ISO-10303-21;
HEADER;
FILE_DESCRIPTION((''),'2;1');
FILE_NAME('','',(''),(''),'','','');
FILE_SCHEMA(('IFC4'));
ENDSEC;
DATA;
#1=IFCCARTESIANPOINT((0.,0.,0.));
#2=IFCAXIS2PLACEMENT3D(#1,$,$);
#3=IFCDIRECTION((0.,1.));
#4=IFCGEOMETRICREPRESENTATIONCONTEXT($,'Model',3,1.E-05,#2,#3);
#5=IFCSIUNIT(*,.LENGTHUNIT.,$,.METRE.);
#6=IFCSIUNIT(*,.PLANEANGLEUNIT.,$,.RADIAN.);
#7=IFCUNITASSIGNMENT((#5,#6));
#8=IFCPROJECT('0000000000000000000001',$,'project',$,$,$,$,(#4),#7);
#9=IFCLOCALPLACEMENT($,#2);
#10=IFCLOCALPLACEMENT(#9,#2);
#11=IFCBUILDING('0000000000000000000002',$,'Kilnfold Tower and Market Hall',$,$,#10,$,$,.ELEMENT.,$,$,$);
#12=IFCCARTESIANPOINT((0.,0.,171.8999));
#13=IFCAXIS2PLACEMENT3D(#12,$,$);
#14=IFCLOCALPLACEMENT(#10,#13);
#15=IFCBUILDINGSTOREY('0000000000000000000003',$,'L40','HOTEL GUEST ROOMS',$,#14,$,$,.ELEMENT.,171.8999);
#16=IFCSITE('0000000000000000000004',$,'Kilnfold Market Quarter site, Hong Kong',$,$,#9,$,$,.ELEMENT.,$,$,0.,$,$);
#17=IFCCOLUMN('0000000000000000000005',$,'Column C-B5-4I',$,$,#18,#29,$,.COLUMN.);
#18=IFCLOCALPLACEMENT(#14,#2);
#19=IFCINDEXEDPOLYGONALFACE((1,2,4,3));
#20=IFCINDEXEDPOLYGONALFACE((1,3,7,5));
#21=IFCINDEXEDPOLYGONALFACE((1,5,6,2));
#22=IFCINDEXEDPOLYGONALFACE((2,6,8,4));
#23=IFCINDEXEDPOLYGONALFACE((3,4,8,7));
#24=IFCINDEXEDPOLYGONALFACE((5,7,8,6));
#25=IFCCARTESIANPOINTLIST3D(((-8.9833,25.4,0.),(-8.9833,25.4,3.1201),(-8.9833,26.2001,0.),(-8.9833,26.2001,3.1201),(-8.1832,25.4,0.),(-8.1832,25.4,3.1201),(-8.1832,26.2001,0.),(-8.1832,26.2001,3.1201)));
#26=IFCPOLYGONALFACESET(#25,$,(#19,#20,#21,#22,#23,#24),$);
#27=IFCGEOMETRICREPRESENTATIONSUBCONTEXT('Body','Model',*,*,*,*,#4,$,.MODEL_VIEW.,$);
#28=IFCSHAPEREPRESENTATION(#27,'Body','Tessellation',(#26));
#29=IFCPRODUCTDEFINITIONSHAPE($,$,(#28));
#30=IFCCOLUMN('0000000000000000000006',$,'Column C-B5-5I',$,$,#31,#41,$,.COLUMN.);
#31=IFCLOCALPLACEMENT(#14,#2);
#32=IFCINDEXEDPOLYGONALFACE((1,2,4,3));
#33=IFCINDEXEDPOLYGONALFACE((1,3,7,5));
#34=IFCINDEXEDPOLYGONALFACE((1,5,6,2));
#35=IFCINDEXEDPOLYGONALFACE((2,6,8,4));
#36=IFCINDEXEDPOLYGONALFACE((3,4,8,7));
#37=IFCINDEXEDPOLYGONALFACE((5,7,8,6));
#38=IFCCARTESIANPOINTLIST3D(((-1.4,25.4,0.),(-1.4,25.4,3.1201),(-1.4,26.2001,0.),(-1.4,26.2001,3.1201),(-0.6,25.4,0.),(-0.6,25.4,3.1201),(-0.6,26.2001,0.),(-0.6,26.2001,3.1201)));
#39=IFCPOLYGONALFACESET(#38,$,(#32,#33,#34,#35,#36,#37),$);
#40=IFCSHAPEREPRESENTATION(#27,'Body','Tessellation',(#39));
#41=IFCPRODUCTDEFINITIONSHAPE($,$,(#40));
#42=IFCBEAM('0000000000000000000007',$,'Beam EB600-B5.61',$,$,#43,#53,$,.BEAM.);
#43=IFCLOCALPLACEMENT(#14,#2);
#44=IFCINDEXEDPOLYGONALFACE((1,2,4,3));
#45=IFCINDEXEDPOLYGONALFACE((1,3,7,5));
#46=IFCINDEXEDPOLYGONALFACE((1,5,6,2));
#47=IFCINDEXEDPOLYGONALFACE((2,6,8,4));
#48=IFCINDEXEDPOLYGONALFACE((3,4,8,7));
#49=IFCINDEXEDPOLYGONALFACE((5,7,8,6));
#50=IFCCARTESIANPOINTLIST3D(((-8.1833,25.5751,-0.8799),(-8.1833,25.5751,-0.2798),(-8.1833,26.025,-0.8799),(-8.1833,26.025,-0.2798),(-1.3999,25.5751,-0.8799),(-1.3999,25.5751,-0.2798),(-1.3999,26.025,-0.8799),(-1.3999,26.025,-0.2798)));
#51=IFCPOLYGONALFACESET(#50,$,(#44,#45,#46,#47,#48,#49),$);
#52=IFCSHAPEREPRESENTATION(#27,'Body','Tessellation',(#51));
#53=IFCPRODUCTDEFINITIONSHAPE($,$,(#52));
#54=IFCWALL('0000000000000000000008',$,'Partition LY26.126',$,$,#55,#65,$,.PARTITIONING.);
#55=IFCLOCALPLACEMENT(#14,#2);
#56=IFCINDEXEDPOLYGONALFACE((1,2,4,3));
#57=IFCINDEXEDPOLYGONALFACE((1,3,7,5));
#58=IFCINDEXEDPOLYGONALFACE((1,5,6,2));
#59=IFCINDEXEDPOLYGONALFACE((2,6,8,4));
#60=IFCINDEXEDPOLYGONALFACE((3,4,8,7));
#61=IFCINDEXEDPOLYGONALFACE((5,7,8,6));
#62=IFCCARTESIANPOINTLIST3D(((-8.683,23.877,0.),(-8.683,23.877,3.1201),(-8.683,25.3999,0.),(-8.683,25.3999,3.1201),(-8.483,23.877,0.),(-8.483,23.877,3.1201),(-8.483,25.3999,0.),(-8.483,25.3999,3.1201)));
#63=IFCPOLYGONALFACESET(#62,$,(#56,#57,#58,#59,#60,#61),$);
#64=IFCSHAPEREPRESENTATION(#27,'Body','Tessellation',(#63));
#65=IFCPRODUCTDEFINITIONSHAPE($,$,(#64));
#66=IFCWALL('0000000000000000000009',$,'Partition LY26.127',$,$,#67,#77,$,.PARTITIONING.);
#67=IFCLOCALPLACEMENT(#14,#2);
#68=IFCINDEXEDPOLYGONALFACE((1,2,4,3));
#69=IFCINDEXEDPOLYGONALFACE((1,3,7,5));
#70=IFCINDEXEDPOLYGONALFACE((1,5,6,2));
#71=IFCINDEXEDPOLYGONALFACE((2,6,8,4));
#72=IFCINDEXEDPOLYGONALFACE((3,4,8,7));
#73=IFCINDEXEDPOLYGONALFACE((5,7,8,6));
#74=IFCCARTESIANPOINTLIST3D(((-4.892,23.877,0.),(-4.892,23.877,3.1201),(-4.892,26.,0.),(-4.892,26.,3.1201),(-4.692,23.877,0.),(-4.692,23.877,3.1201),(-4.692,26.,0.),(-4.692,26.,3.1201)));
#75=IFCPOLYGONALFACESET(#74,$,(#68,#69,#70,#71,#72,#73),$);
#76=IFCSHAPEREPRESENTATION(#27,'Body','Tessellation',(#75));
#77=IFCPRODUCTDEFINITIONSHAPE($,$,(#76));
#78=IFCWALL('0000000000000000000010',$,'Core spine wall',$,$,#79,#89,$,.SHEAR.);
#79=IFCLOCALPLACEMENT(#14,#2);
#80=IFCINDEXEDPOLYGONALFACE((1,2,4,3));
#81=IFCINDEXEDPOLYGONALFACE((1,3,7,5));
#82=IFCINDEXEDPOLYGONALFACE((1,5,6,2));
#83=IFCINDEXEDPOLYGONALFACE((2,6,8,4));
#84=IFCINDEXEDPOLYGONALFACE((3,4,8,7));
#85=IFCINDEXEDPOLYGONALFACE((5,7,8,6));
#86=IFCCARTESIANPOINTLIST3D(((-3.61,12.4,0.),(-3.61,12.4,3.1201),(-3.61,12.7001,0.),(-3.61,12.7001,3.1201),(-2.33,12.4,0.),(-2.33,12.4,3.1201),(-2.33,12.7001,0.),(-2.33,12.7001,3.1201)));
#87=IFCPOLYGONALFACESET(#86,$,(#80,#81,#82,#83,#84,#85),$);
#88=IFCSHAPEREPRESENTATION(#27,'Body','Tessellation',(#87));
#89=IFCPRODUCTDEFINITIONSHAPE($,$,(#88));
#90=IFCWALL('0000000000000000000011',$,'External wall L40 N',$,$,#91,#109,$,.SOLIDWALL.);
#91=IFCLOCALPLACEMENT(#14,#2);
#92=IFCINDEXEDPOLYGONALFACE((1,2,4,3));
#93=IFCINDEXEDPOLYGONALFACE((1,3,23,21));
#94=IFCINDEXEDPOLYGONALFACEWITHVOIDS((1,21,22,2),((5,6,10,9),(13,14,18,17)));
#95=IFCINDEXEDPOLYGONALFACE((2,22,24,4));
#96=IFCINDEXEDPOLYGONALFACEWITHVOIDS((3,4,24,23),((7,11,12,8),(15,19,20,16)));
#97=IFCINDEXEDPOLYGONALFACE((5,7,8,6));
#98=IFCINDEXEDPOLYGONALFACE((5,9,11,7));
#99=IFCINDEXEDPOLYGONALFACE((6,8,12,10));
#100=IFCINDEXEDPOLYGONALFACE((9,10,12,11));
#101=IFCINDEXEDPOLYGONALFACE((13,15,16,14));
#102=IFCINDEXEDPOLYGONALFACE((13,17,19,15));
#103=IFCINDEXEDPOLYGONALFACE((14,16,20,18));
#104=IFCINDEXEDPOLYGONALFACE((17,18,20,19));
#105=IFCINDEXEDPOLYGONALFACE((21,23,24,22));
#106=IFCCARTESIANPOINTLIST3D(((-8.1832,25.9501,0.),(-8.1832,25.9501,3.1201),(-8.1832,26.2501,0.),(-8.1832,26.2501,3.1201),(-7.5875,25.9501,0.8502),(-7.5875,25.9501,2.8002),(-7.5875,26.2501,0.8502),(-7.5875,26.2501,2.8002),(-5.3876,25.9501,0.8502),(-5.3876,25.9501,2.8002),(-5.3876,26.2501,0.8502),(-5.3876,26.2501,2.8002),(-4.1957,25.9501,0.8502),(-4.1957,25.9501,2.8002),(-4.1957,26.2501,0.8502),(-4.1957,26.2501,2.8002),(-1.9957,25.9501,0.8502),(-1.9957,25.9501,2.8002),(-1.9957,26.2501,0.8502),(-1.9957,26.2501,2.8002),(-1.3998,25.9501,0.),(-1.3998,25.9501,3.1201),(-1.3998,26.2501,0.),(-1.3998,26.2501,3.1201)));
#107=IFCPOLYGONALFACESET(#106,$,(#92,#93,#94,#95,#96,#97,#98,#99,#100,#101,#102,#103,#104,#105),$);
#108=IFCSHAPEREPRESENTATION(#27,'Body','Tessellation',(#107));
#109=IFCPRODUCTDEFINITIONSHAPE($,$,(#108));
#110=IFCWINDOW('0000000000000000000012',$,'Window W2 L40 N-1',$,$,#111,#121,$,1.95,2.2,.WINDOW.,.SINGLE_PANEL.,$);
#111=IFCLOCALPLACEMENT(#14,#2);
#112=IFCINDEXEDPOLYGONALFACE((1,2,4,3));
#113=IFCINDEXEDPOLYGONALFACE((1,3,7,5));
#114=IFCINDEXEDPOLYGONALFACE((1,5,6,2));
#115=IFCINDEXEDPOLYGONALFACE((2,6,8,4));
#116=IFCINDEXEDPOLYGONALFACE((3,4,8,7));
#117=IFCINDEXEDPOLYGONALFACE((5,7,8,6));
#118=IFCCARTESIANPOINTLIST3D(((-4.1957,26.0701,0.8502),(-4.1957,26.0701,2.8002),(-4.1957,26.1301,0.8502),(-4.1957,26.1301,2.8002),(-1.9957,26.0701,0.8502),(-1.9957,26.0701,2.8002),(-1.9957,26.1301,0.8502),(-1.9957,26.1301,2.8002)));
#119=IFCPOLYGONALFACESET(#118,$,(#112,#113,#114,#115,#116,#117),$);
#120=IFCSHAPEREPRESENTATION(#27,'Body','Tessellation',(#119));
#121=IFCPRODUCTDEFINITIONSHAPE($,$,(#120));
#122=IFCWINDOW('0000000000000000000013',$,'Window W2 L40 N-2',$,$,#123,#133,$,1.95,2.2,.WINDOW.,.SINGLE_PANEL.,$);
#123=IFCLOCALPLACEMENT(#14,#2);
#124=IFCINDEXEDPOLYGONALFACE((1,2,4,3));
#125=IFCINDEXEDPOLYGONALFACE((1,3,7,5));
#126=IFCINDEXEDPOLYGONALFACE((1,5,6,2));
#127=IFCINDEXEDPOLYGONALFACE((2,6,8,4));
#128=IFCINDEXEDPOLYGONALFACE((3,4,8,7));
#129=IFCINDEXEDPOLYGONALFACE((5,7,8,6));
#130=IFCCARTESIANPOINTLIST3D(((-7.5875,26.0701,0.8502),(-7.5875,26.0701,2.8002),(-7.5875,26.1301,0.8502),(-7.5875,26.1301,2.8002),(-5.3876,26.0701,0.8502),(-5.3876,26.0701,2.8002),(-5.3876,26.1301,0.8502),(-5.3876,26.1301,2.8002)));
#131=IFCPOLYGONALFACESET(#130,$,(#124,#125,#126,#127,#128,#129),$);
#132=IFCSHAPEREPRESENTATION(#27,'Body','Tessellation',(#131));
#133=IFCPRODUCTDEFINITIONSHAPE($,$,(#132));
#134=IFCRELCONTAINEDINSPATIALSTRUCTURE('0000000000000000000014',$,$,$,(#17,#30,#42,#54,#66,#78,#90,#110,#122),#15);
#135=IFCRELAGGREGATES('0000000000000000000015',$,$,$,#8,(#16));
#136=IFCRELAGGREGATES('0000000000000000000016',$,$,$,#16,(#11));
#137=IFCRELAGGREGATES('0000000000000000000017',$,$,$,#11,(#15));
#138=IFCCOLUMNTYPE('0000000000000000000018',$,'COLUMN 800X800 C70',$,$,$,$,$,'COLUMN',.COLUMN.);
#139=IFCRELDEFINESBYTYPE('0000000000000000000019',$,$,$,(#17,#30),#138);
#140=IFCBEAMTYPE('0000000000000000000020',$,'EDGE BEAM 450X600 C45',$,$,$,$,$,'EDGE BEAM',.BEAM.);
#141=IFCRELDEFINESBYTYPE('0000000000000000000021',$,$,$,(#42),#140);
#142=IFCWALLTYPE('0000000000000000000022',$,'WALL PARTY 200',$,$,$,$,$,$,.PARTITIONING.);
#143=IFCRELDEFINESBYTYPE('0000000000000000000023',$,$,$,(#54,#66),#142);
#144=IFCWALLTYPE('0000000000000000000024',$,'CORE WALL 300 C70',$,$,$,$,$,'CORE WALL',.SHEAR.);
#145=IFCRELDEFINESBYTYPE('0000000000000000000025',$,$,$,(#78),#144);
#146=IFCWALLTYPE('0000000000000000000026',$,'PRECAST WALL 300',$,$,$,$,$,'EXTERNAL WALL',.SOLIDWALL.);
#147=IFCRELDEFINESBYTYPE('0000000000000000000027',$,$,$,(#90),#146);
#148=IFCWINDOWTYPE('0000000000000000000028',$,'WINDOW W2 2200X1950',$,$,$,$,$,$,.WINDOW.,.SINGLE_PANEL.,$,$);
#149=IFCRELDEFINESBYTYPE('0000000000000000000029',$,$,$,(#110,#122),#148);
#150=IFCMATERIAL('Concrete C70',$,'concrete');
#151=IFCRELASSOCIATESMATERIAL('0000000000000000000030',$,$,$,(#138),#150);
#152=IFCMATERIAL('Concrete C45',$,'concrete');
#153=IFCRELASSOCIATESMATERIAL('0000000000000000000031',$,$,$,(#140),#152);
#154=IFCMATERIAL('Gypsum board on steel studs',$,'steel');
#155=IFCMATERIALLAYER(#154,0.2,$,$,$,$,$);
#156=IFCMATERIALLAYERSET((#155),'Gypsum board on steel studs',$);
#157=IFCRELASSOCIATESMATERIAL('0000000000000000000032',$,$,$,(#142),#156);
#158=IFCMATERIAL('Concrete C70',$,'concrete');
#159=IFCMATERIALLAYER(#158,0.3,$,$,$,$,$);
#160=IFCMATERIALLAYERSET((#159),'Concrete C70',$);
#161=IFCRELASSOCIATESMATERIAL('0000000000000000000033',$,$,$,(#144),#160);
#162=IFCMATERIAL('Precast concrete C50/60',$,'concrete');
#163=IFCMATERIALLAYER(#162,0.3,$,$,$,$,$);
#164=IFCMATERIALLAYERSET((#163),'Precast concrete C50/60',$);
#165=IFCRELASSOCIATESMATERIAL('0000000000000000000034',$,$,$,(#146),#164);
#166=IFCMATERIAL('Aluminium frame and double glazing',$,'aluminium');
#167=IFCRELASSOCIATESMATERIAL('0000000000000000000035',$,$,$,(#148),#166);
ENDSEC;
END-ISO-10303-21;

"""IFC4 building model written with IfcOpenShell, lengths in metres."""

from ifc_helpers import new_model, si_unit, direction, frame, frame_2d, origin, origin_2d, place, context, subcontext, project, spatial, rectangle, extrude, source, transform, mapped, material, layer, layer_set, material_profile, profile_set, type_object, element, fill, save


model = new_model("IFC4")

# Units and contexts
model_context = context("Model", 3, precision=1e-05, world=origin(), true_north=direction((0.0, 1.0)))
body_context = subcontext(model_context, "Body", "Model", "MODEL_VIEW")
ifc_project = project(units=[si_unit("LENGTHUNIT", "METRE"), si_unit("PLANEANGLEUNIT", "RADIAN")], contexts=[model_context])

# Site, building, storey
site_placement = place(None, origin())
site = spatial("IfcSite", under=ifc_project, at=site_placement, Name="Kilnfold Market Quarter site, Hong Kong", CompositionType="ELEMENT", RefElevation=0.0)
building_placement = place(site_placement, origin())
building = spatial("IfcBuilding", under=site, at=building_placement, Name="Kilnfold Tower and Market Hall", CompositionType="ELEMENT")
storey_placement = place(building_placement, frame((0.0, 0.0, 171.8999)))
storey = spatial("IfcBuildingStorey", under=building, at=storey_placement, Name="L40", Description="HOTEL GUEST ROOMS", CompositionType="ELEMENT", Elevation=171.8999)

# Columns
ifc_material_1 = material(Name="Concrete C70", Category="concrete")
ifc_material_profile_1 = material_profile(ifc_material_1, rectangle(XDim=0.8, YDim=0.8, at=origin_2d()), Name="RC 800x800")
ifc_profile_set_1 = profile_set([ifc_material_profile_1], Name="Concrete C70")
column_type = type_object("IfcColumnType", Name="COLUMN 800X800 C70", ElementType="COLUMN", PredefinedType="COLUMN", material=ifc_profile_set_1)
shared_shape_1 = source(origin(), body_context, "Body", "SweptSolid", [
    extrude(rectangle(XDim=0.8, YDim=0.8, at=origin_2d()), origin(), (0.0, 0.0, 1.0), 3.1201),
])
for number, where, z_axis, x_axis, name in (
    (1, (-8.5833, 25.8, 0.0), (0.0, 0.0, 1.0), (1.0, 0.0, 0.0), "Column C-B5-4I"),
    (2, (-1.0, 25.8, 0.0), (0.0, 0.0, 1.0), (1.0, 0.0, 0.0), "Column C-B5-5I"),
):
    element("IfcColumn", number, at=place(storey_placement, frame(where, z_axis=z_axis, x_axis=x_axis)), inside=storey, type_object=column_type, Name=name, PredefinedType="COLUMN", context=body_context, shape_type="MappedRepresentation", body=[
        mapped(shared_shape_1, transform((0.0, 0.0, 0.0))),
    ])

# Beam
ifc_material_2 = material(Name="Concrete C45", Category="concrete")
ifc_material_profile_2 = material_profile(ifc_material_2, rectangle(XDim=0.45, YDim=0.6001, at=origin_2d()), Name="RC 450x600")
ifc_profile_set_2 = profile_set([ifc_material_profile_2], Name="Concrete C45")
beam_type = type_object("IfcBeamType", Name="EDGE BEAM 450X600 C45", ElementType="EDGE BEAM", PredefinedType="BEAM", material=ifc_profile_set_2)
shared_shape_2 = source(origin(), body_context, "Body", "SweptSolid", [
    extrude(rectangle(XDim=0.45, YDim=0.6001, at=origin_2d()), origin(), (0.0, 0.0, 1.0), 6.7834),
])
beam_placement = place(storey_placement, frame((-8.1833, 25.8, -0.5798), z_axis=(1.0, 0.0, 0.0), x_axis=(0.0, 1.0, 0.0)))
element("IfcBeam", 3, at=beam_placement, inside=storey, type_object=beam_type, Name="Beam EB600-B5.61", PredefinedType="BEAM", context=body_context, shape_type="MappedRepresentation", body=[
    mapped(shared_shape_2, transform((0.0, 0.0, 0.0))),
])

# Walls
ifc_material_3 = material(Name="Gypsum board on steel studs", Category="steel")
ifc_layer_1 = layer(ifc_material_3, 0.2)
ifc_layer_set_1 = layer_set([ifc_layer_1], Name="Gypsum board on steel studs")
wall_type_1 = type_object("IfcWallType", Name="WALL PARTY 200", PredefinedType="PARTITIONING", material=ifc_layer_set_1)
wall_1_placement = place(storey_placement, frame((-8.583, 23.877, 0.0), z_axis=(0.0, 0.0, 1.0), x_axis=(0.0, 1.0, 0.0)))
element("IfcWall", 4, at=wall_1_placement, inside=storey, type_object=wall_type_1, Name="Partition LY26.126", PredefinedType="PARTITIONING", context=body_context, shape_type="SweptSolid", body=[
    extrude(rectangle(XDim=1.5229, YDim=0.2, at=frame_2d((0.7615, 0.0))), origin(), (0.0, 0.0, 1.0), 3.1201),
])
wall_2_placement = place(storey_placement, frame((-4.792, 23.877, 0.0), z_axis=(0.0, 0.0, 1.0), x_axis=(0.0, 1.0, 0.0)))
element("IfcWall", 5, at=wall_2_placement, inside=storey, type_object=wall_type_1, Name="Partition LY26.127", PredefinedType="PARTITIONING", context=body_context, shape_type="SweptSolid", body=[
    extrude(rectangle(XDim=2.123, YDim=0.2, at=frame_2d((1.0615, 0.0))), origin(), (0.0, 0.0, 1.0), 3.1201),
])
ifc_material_4 = material(Name="Concrete C70", Category="concrete")
ifc_layer_2 = layer(ifc_material_4, 0.3)
ifc_layer_set_2 = layer_set([ifc_layer_2], Name="Concrete C70")
wall_type_2 = type_object("IfcWallType", Name="CORE WALL 300 C70", ElementType="CORE WALL", PredefinedType="SHEAR", material=ifc_layer_set_2)
shared_shape_3 = source(origin(), body_context, "Body", "SweptSolid", [
    extrude(rectangle(XDim=1.28, YDim=0.3, at=frame_2d((0.6401, 0.0))), origin(), (0.0, 0.0, 1.0), 3.1201),
])
wall_3_placement = place(storey_placement, frame((-3.6101, 12.55, 0.0), z_axis=(0.0, 0.0, 1.0), x_axis=(1.0, 0.0, 0.0)))
element("IfcWall", 6, at=wall_3_placement, inside=storey, type_object=wall_type_2, Name="Core spine wall", PredefinedType="SHEAR", context=body_context, shape_type="MappedRepresentation", body=[
    mapped(shared_shape_3, transform((0.0, 0.0, 0.0))),
])

# Wall, openings, windows
ifc_material_5 = material(Name="Precast concrete C50/60", Category="concrete")
ifc_layer_3 = layer(ifc_material_5, 0.3)
ifc_layer_set_3 = layer_set([ifc_layer_3], Name="Precast concrete C50/60")
wall_type_3 = type_object("IfcWallType", Name="PRECAST WALL 300", ElementType="EXTERNAL WALL", PredefinedType="SOLIDWALL", material=ifc_layer_set_3)
shared_shape_4 = source(origin(), body_context, "Body", "SweptSolid", [
    extrude(rectangle(XDim=6.7834, YDim=0.3, at=frame_2d((3.3916, 0.0))), origin(), (0.0, 0.0, 1.0), 3.1201),
])
wall_4_placement = place(storey_placement, frame((-1.3999, 26.1001, 0.0), z_axis=(0.0, 0.0, 1.0), x_axis=(-1.0, 0.0, 0.0)))
wall_4 = element("IfcWall", 7, at=wall_4_placement, inside=storey, type_object=wall_type_3, Name="External wall L40 N", PredefinedType="SOLIDWALL", context=body_context, shape_type="MappedRepresentation", body=[
    mapped(shared_shape_4, transform((0.0, 0.0, 0.0))),
])
opening_1_placement = place(wall_4_placement, frame((0.5957, 0.0, 0.8501)))
opening_1 = element("IfcOpeningElement", 8, at=opening_1_placement, cuts=wall_4, PredefinedType="OPENING", context=body_context, shape_type="SweptSolid", body=[
    extrude(rectangle(XDim=2.2, YDim=1.95, at=frame_2d((1.1001, 0.9751))), frame((0.0, 0.1602, 0.0), z_axis=(0.0, -1.0, 0.0), x_axis=(1.0, 0.0, 0.0)), (0.0, 0.0, 1.0), 0.3201),
])
opening_2_placement = place(wall_4_placement, frame((3.9875, 0.0, 0.8501)))
opening_2 = element("IfcOpeningElement", 9, at=opening_2_placement, cuts=wall_4, PredefinedType="OPENING", context=body_context, shape_type="SweptSolid", body=[
    extrude(rectangle(XDim=2.2, YDim=1.95, at=frame_2d((1.1001, 0.9751))), frame((0.0, 0.1602, 0.0), z_axis=(0.0, -1.0, 0.0), x_axis=(1.0, 0.0, 0.0)), (0.0, 0.0, 1.0), 0.3201),
])
ifc_material_6 = material(Name="Aluminium frame and double glazing", Category="aluminium")
window_type = type_object("IfcWindowType", Name="WINDOW W2 2200X1950", PartitioningType="SINGLE_PANEL", PredefinedType="WINDOW", material=ifc_material_6)
window_1_placement = place(opening_1_placement, origin())
window_1 = element("IfcWindow", 10, at=window_1_placement, inside=storey, type_object=window_type, Name="Window W2 L40 N-1", OverallHeight=1.95, OverallWidth=2.2, PartitioningType="SINGLE_PANEL", PredefinedType="WINDOW", context=body_context, shape_type="SweptSolid", body=[
    extrude(rectangle(XDim=2.2, YDim=1.95, at=frame_2d((1.1001, 0.9751))), frame((0.0, 0.03, 0.0), z_axis=(0.0, -1.0, 0.0), x_axis=(1.0, 0.0, 0.0)), (0.0, 0.0, 1.0), 0.0601),
])
fill(opening_1, window_1)
window_2_placement = place(opening_2_placement, origin())
window_2 = element("IfcWindow", 11, at=window_2_placement, inside=storey, type_object=window_type, Name="Window W2 L40 N-2", OverallHeight=1.95, OverallWidth=2.2, PartitioningType="SINGLE_PANEL", PredefinedType="WINDOW", context=body_context, shape_type="SweptSolid", body=[
    extrude(rectangle(XDim=2.2, YDim=1.95, at=frame_2d((1.1001, 0.9751))), frame((0.0, 0.03, 0.0), z_axis=(0.0, -1.0, 0.0), x_axis=(1.0, 0.0, 0.0)), (0.0, 0.0, 1.0), 0.0601),
])
fill(opening_2, window_2)

save(model, "model.ifc")
